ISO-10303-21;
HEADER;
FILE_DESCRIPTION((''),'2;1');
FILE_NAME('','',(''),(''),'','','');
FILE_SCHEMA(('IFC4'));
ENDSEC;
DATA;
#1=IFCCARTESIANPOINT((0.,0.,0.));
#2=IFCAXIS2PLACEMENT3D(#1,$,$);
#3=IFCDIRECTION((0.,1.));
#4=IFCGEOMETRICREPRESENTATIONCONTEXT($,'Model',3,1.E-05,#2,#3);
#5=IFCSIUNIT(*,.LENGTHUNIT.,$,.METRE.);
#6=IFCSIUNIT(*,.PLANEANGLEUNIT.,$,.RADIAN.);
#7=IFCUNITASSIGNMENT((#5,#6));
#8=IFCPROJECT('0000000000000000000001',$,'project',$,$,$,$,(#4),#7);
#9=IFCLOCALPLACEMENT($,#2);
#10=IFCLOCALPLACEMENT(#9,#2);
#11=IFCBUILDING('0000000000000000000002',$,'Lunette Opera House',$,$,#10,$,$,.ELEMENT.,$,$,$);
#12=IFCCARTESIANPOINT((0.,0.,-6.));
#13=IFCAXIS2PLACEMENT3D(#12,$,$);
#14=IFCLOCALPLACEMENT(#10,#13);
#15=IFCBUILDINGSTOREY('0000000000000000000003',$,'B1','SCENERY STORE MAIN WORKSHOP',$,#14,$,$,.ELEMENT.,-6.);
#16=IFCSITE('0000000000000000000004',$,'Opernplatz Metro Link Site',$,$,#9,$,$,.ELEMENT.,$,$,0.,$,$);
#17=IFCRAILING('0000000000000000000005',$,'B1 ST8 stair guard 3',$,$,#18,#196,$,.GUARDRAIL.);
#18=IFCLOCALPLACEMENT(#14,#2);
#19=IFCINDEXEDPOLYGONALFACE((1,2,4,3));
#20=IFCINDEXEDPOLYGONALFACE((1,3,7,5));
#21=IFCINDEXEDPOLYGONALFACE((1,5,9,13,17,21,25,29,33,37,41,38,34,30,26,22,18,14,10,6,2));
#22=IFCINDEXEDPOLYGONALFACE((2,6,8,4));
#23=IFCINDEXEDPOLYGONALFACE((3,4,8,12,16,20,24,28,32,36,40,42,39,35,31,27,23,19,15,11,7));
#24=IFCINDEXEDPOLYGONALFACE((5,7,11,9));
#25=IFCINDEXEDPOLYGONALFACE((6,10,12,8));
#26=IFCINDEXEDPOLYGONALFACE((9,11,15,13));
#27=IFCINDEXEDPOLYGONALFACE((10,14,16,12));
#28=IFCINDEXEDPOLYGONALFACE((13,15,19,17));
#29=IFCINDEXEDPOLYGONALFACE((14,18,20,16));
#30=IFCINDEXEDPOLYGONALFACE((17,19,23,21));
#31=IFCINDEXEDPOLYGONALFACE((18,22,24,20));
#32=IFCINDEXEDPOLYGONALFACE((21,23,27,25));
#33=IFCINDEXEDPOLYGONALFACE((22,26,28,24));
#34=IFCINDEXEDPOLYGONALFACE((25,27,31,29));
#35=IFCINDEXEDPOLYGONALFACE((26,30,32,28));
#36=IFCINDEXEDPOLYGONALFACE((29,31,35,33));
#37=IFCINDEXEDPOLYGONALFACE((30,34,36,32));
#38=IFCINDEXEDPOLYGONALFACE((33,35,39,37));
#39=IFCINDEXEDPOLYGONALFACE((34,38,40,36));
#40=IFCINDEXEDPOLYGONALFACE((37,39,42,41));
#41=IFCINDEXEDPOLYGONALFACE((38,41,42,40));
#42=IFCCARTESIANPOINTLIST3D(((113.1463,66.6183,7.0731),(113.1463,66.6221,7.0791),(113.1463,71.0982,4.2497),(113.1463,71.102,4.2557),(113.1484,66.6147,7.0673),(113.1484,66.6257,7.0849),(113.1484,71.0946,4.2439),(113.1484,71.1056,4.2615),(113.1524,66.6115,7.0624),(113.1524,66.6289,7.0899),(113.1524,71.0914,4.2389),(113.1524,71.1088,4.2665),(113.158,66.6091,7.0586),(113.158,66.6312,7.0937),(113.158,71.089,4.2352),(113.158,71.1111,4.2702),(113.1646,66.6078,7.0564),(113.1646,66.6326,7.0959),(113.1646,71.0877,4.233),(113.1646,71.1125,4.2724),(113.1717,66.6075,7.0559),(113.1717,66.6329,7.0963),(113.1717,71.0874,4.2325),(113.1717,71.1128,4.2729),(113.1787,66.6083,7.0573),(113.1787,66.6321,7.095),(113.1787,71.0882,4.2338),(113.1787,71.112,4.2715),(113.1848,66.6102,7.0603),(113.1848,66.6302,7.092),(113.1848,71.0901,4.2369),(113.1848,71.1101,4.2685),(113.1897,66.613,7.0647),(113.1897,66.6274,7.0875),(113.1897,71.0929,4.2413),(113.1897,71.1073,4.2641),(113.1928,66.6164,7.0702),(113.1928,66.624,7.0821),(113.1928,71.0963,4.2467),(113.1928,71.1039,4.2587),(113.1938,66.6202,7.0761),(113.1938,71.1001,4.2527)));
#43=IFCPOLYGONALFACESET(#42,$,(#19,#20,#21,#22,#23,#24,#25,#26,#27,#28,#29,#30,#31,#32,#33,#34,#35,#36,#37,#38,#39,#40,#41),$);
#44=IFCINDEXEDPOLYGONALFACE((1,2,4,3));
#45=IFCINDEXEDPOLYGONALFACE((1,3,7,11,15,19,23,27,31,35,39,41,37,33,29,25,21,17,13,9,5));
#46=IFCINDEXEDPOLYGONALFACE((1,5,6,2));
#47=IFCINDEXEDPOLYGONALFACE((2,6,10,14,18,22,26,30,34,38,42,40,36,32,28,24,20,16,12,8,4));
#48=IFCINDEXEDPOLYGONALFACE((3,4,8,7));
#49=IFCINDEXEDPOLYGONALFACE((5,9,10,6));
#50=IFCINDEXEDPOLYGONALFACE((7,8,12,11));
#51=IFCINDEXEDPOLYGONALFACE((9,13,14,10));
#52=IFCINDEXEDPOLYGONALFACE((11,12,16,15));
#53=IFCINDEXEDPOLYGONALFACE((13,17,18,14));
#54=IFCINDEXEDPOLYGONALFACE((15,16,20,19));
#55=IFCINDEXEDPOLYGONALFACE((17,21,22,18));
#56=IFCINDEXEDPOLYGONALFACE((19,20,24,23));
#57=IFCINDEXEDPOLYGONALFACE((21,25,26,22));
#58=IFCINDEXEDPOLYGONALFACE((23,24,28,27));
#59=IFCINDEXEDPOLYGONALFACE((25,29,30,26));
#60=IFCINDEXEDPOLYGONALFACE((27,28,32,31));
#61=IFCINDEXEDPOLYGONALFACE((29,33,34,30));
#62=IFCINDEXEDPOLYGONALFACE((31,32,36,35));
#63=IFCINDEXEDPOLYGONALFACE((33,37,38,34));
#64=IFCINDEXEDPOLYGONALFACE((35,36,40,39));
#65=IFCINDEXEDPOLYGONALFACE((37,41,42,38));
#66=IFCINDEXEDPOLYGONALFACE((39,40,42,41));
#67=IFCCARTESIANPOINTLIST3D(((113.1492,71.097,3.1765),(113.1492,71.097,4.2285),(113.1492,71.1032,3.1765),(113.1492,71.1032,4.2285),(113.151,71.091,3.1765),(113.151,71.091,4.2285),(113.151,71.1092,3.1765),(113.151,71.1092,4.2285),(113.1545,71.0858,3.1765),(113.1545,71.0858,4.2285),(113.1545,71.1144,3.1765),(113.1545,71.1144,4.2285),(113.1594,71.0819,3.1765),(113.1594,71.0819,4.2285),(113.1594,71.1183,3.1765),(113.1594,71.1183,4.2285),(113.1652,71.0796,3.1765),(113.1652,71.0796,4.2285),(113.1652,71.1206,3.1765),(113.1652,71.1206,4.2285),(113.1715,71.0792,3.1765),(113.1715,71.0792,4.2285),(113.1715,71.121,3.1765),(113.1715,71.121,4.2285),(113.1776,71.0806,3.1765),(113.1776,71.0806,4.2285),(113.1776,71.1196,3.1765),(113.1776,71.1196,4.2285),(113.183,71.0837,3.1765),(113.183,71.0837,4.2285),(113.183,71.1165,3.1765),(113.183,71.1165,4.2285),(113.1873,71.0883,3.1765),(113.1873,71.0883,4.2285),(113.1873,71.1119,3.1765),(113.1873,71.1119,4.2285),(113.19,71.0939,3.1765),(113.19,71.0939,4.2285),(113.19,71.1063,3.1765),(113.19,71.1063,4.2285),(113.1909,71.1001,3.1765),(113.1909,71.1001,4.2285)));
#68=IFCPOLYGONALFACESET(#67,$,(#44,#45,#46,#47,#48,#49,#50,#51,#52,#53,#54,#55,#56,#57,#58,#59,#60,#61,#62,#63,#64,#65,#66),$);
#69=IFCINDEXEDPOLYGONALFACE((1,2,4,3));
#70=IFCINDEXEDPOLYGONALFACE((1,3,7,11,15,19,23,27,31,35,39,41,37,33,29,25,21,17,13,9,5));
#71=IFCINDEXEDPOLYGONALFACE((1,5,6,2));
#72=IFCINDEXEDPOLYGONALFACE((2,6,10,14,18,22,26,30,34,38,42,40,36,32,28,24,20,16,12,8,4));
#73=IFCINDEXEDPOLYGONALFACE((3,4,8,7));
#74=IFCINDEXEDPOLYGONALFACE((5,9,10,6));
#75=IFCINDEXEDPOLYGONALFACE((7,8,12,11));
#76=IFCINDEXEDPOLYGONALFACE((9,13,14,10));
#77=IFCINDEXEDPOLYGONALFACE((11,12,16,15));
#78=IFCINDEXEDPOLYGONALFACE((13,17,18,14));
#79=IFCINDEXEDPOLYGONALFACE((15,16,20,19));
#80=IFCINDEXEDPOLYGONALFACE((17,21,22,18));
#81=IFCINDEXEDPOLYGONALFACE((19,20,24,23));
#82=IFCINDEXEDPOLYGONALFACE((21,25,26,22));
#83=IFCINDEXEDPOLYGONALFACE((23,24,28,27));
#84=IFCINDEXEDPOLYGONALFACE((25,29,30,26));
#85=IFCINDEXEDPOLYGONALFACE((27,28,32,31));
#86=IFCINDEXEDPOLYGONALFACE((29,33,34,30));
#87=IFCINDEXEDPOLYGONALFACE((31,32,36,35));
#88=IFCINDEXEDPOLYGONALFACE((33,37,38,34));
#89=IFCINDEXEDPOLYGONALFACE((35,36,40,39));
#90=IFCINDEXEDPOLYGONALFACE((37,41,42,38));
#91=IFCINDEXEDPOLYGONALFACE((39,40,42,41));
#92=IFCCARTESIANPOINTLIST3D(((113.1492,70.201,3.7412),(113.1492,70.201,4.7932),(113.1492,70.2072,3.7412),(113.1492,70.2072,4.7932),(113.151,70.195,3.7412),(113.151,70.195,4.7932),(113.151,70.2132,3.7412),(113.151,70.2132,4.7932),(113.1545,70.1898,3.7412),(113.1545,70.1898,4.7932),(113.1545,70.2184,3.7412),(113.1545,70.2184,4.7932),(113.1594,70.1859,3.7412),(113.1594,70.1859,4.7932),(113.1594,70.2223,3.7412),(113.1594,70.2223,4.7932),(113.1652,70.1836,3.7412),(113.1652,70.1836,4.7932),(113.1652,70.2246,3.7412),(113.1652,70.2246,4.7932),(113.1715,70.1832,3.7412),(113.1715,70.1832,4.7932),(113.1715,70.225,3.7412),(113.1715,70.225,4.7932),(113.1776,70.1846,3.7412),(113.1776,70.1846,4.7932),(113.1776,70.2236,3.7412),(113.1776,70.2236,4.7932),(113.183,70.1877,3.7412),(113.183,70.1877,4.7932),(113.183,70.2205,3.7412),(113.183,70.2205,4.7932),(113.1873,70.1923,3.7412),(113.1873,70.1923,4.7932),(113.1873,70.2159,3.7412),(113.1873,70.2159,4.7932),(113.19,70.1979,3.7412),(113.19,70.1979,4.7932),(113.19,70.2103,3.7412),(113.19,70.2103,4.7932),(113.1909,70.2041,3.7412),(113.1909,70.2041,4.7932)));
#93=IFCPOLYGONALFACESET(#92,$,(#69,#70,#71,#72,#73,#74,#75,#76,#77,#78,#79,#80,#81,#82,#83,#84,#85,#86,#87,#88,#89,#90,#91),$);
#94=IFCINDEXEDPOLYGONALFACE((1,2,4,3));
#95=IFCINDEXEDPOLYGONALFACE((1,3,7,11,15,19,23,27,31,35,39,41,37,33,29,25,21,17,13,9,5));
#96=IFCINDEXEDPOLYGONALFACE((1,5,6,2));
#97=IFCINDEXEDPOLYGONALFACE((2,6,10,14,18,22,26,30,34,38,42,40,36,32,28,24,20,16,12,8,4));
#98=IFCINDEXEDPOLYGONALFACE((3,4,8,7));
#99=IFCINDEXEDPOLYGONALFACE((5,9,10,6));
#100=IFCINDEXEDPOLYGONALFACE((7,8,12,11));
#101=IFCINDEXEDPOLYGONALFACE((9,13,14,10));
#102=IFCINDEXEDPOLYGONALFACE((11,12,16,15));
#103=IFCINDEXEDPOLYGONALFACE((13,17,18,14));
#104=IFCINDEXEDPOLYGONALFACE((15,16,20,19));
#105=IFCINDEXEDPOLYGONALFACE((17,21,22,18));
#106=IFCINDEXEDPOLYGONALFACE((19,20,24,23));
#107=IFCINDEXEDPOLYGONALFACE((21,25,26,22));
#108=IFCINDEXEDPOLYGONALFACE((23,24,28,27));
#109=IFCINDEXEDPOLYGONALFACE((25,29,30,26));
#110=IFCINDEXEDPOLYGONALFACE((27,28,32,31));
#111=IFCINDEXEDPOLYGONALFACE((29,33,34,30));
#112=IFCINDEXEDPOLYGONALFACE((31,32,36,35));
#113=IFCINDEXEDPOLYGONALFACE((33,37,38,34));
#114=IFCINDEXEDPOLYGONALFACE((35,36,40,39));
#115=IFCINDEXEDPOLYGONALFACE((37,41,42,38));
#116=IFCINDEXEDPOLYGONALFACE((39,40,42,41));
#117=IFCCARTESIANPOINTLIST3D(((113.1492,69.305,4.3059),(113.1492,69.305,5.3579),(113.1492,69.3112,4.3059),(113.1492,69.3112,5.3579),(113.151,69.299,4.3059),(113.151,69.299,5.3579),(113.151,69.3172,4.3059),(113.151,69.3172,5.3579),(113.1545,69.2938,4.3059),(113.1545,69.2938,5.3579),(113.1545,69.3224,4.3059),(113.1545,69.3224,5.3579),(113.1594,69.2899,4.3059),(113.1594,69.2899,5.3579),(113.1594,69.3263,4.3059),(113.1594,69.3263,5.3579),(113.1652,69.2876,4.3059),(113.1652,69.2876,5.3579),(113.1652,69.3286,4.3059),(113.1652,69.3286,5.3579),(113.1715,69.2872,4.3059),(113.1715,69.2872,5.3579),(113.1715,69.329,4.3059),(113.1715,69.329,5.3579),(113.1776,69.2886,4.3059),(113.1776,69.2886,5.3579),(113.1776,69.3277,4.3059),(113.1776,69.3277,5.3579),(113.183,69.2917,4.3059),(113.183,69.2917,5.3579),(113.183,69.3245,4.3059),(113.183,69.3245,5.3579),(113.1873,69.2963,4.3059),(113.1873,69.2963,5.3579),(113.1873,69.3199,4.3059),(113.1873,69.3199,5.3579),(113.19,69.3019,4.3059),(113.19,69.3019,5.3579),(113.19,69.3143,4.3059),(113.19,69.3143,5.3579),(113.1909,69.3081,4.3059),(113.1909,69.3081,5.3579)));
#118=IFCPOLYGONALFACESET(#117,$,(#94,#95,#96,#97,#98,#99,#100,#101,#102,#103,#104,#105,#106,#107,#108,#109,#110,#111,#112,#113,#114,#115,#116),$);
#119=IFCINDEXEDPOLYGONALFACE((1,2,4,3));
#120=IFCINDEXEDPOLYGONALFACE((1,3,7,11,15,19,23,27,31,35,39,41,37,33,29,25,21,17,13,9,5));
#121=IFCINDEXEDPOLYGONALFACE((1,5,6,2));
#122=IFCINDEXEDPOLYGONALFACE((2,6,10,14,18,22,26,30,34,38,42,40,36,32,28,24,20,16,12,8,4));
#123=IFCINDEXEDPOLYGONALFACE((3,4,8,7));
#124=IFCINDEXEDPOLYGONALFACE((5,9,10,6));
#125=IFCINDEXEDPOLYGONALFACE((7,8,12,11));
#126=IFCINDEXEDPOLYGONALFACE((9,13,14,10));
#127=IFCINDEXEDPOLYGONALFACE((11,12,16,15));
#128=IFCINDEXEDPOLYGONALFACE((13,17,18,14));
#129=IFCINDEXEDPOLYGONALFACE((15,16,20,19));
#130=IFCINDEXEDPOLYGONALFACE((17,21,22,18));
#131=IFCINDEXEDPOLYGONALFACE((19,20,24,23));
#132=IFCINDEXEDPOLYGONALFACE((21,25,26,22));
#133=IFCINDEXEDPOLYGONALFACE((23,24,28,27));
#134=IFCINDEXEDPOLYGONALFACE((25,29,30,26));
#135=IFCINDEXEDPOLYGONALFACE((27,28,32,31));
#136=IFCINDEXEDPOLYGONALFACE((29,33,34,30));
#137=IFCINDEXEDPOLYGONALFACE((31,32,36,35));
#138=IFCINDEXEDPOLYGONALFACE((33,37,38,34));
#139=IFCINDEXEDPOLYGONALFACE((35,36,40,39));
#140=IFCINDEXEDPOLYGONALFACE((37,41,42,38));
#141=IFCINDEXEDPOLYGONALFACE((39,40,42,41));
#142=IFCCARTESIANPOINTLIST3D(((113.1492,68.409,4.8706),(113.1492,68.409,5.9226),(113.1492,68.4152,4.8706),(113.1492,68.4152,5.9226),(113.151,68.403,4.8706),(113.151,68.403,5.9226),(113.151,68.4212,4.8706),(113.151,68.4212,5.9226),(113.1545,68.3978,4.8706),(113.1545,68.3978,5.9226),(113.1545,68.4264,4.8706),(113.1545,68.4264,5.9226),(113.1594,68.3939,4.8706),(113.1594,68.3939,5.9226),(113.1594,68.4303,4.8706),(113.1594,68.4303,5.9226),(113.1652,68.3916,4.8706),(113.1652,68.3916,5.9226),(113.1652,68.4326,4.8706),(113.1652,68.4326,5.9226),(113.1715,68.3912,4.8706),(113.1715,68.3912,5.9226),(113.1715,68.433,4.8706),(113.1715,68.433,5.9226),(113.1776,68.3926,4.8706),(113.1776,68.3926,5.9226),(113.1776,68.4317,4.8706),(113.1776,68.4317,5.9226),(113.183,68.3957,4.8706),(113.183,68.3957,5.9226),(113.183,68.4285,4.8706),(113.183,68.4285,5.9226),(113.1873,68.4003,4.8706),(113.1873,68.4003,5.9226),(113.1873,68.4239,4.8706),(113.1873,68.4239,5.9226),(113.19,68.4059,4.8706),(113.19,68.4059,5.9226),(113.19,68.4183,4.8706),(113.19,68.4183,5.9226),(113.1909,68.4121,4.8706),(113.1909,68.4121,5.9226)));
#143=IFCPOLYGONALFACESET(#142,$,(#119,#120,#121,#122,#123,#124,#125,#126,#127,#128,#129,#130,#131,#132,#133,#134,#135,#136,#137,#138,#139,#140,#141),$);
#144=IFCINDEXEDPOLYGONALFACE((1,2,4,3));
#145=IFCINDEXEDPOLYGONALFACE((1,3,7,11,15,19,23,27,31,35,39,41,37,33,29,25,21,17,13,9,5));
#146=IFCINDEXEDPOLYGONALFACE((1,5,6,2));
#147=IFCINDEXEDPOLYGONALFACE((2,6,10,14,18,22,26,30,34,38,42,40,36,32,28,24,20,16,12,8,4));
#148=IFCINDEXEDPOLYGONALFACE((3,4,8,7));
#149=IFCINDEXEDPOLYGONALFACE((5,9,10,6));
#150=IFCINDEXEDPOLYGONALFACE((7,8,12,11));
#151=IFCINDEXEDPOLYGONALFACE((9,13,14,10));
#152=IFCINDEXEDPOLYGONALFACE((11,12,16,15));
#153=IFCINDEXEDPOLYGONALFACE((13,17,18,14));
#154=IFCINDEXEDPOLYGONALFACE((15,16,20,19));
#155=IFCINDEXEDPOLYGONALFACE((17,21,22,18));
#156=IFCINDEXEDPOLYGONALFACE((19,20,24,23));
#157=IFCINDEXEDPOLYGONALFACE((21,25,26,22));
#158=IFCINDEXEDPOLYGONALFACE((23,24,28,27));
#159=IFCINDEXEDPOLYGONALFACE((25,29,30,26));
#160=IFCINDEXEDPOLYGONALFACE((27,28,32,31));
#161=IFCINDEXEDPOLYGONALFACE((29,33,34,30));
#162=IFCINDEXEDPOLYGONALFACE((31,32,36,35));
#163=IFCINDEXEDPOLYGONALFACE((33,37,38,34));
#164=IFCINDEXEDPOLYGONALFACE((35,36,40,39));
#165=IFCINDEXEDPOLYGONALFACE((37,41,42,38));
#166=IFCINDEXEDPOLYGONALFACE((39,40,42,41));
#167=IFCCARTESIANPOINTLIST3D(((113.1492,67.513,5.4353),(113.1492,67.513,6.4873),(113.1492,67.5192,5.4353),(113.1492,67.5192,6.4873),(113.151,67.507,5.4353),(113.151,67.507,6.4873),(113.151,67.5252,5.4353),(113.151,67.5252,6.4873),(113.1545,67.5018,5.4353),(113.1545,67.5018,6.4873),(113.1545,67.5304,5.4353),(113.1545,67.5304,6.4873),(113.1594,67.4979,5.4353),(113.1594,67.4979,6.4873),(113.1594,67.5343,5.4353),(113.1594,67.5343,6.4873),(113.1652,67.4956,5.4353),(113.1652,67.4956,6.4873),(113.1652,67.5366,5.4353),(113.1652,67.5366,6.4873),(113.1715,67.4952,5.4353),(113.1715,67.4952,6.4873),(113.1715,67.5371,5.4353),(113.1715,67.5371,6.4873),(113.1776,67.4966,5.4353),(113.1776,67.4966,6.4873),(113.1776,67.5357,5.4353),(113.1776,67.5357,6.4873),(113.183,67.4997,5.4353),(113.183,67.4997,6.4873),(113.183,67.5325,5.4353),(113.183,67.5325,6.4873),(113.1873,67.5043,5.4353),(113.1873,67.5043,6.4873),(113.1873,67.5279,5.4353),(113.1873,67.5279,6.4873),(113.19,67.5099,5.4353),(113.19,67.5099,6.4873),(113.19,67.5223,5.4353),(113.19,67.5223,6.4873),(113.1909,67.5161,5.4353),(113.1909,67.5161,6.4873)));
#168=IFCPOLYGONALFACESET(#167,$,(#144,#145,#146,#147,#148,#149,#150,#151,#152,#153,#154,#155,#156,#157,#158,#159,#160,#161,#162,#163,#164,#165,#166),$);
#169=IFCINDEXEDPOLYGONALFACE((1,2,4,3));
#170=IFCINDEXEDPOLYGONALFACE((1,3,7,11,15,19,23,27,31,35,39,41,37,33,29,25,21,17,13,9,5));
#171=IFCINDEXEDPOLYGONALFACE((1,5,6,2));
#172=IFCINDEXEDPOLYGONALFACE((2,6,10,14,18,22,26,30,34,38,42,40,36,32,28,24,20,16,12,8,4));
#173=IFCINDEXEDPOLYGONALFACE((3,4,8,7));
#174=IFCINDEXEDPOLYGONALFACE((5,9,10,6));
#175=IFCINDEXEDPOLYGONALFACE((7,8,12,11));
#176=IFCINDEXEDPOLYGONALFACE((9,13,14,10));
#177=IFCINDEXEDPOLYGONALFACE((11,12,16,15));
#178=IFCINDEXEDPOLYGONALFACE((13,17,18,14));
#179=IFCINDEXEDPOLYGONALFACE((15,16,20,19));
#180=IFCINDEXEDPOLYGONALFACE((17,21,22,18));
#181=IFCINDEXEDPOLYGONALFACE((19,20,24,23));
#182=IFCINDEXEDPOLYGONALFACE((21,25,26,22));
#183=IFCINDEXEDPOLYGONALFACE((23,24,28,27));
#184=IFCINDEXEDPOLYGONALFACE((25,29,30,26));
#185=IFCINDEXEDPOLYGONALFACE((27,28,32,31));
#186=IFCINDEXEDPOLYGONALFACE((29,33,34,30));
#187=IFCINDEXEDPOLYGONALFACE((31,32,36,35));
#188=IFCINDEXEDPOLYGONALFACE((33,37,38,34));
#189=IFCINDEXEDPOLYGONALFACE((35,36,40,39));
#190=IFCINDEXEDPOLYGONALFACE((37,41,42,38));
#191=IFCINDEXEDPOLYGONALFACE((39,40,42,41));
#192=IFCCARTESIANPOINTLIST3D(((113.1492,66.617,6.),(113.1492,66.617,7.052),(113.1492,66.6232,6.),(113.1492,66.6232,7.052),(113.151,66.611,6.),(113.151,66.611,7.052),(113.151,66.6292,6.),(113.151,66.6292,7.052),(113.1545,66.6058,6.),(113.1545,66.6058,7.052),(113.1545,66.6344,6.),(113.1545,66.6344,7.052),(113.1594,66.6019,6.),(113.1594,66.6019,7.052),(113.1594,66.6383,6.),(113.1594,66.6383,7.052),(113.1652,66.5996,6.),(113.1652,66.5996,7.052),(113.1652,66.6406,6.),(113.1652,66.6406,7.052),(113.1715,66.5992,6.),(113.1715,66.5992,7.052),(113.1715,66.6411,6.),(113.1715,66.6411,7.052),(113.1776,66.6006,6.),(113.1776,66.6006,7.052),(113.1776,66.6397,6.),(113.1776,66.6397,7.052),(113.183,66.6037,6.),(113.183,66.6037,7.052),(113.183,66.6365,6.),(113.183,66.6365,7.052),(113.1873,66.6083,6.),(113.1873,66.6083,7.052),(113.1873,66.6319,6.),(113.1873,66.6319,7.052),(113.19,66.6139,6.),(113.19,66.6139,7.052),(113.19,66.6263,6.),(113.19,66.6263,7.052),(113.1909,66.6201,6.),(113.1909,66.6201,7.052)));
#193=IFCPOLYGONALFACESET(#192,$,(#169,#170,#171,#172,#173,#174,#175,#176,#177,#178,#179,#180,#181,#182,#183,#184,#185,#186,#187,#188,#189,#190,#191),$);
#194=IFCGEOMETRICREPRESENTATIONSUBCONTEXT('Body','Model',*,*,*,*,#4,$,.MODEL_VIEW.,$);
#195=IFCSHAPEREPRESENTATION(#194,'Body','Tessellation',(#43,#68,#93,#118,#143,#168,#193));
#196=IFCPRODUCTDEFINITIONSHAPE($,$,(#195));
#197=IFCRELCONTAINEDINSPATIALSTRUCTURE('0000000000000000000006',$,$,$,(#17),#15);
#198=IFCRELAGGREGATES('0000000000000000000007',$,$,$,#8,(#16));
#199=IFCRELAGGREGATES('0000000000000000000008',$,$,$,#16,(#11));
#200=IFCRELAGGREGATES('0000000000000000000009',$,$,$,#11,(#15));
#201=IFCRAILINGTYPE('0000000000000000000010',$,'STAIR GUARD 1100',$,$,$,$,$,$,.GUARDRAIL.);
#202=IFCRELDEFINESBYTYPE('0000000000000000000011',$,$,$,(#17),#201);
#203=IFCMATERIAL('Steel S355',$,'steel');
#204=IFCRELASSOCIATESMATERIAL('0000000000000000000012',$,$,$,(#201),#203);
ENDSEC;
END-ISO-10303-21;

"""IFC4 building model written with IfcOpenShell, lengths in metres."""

from ifc_helpers import new_model, si_unit, direction, frame, origin, origin_2d, place, context, subcontext, project, spatial, circle, extrude, material, type_object, element, save


model = new_model("IFC4")

# Units and contexts
model_context = context("Model", 3, precision=1e-05, world=origin(), true_north=direction((0.0, 1.0)))
body_context = subcontext(model_context, "Body", "Model", "MODEL_VIEW")
ifc_project = project(units=[si_unit("LENGTHUNIT", "METRE"), si_unit("PLANEANGLEUNIT", "RADIAN")], contexts=[model_context])

# Site, building, storey
site_placement = place(None, origin())
site = spatial("IfcSite", under=ifc_project, at=site_placement, Name="Opernplatz Metro Link Site", CompositionType="ELEMENT", RefElevation=0.0)
building_placement = place(site_placement, origin())
building = spatial("IfcBuilding", under=site, at=building_placement, Name="Lunette Opera House", CompositionType="ELEMENT")
storey_placement = place(building_placement, frame((0.0, 0.0, -6.0)))
storey = spatial("IfcBuildingStorey", under=building, at=storey_placement, Name="B1", Description="SCENERY STORE MAIN WORKSHOP", CompositionType="ELEMENT", Elevation=-6.0)

# Railing
ifc_material_1 = material(Name="Steel S355", Category="steel")
railing_type_1 = type_object("IfcRailingType", Name="STAIR GUARD 1100", PredefinedType="GUARDRAIL", material=ifc_material_1)
railing_1_placement = place(storey_placement, frame((113.1699, 71.1001, 3.1765)))
element("IfcRailing", 1, at=railing_1_placement, inside=storey, type_object=railing_type_1, Name="B1 ST8 stair guard 3", PredefinedType="GUARDRAIL", context=body_context, shape_type="SweptSolid", body=[
    extrude(circle(Radius=0.0239, at=origin_2d()), frame((0.0, 0.0, 1.0762), z_axis=(0.0, -0.845998, 0.533186), x_axis=(1.0, 0.0, 0.0)), (0.0, 0.0, 1.0), 5.2954),
    extrude(circle(Radius=0.021, at=origin_2d()), origin(), (0.0, 0.0, 1.0), 1.052),
    extrude(circle(Radius=0.021, at=origin_2d()), frame((0.0, -0.896, 0.5647)), (0.0, 0.0, 1.0), 1.052),
    extrude(circle(Radius=0.021, at=origin_2d()), frame((0.0, -1.792, 1.1294)), (0.0, 0.0, 1.0), 1.052),
    extrude(circle(Radius=0.021, at=origin_2d()), frame((0.0, -2.688, 1.6941)), (0.0, 0.0, 1.0), 1.052),
    extrude(circle(Radius=0.021, at=origin_2d()), frame((0.0, -3.584, 2.2588)), (0.0, 0.0, 1.0), 1.052),
    extrude(circle(Radius=0.021, at=origin_2d()), frame((0.0, -4.48, 2.8235)), (0.0, 0.0, 1.0), 1.052),
])

save(model, "model.ifc")
